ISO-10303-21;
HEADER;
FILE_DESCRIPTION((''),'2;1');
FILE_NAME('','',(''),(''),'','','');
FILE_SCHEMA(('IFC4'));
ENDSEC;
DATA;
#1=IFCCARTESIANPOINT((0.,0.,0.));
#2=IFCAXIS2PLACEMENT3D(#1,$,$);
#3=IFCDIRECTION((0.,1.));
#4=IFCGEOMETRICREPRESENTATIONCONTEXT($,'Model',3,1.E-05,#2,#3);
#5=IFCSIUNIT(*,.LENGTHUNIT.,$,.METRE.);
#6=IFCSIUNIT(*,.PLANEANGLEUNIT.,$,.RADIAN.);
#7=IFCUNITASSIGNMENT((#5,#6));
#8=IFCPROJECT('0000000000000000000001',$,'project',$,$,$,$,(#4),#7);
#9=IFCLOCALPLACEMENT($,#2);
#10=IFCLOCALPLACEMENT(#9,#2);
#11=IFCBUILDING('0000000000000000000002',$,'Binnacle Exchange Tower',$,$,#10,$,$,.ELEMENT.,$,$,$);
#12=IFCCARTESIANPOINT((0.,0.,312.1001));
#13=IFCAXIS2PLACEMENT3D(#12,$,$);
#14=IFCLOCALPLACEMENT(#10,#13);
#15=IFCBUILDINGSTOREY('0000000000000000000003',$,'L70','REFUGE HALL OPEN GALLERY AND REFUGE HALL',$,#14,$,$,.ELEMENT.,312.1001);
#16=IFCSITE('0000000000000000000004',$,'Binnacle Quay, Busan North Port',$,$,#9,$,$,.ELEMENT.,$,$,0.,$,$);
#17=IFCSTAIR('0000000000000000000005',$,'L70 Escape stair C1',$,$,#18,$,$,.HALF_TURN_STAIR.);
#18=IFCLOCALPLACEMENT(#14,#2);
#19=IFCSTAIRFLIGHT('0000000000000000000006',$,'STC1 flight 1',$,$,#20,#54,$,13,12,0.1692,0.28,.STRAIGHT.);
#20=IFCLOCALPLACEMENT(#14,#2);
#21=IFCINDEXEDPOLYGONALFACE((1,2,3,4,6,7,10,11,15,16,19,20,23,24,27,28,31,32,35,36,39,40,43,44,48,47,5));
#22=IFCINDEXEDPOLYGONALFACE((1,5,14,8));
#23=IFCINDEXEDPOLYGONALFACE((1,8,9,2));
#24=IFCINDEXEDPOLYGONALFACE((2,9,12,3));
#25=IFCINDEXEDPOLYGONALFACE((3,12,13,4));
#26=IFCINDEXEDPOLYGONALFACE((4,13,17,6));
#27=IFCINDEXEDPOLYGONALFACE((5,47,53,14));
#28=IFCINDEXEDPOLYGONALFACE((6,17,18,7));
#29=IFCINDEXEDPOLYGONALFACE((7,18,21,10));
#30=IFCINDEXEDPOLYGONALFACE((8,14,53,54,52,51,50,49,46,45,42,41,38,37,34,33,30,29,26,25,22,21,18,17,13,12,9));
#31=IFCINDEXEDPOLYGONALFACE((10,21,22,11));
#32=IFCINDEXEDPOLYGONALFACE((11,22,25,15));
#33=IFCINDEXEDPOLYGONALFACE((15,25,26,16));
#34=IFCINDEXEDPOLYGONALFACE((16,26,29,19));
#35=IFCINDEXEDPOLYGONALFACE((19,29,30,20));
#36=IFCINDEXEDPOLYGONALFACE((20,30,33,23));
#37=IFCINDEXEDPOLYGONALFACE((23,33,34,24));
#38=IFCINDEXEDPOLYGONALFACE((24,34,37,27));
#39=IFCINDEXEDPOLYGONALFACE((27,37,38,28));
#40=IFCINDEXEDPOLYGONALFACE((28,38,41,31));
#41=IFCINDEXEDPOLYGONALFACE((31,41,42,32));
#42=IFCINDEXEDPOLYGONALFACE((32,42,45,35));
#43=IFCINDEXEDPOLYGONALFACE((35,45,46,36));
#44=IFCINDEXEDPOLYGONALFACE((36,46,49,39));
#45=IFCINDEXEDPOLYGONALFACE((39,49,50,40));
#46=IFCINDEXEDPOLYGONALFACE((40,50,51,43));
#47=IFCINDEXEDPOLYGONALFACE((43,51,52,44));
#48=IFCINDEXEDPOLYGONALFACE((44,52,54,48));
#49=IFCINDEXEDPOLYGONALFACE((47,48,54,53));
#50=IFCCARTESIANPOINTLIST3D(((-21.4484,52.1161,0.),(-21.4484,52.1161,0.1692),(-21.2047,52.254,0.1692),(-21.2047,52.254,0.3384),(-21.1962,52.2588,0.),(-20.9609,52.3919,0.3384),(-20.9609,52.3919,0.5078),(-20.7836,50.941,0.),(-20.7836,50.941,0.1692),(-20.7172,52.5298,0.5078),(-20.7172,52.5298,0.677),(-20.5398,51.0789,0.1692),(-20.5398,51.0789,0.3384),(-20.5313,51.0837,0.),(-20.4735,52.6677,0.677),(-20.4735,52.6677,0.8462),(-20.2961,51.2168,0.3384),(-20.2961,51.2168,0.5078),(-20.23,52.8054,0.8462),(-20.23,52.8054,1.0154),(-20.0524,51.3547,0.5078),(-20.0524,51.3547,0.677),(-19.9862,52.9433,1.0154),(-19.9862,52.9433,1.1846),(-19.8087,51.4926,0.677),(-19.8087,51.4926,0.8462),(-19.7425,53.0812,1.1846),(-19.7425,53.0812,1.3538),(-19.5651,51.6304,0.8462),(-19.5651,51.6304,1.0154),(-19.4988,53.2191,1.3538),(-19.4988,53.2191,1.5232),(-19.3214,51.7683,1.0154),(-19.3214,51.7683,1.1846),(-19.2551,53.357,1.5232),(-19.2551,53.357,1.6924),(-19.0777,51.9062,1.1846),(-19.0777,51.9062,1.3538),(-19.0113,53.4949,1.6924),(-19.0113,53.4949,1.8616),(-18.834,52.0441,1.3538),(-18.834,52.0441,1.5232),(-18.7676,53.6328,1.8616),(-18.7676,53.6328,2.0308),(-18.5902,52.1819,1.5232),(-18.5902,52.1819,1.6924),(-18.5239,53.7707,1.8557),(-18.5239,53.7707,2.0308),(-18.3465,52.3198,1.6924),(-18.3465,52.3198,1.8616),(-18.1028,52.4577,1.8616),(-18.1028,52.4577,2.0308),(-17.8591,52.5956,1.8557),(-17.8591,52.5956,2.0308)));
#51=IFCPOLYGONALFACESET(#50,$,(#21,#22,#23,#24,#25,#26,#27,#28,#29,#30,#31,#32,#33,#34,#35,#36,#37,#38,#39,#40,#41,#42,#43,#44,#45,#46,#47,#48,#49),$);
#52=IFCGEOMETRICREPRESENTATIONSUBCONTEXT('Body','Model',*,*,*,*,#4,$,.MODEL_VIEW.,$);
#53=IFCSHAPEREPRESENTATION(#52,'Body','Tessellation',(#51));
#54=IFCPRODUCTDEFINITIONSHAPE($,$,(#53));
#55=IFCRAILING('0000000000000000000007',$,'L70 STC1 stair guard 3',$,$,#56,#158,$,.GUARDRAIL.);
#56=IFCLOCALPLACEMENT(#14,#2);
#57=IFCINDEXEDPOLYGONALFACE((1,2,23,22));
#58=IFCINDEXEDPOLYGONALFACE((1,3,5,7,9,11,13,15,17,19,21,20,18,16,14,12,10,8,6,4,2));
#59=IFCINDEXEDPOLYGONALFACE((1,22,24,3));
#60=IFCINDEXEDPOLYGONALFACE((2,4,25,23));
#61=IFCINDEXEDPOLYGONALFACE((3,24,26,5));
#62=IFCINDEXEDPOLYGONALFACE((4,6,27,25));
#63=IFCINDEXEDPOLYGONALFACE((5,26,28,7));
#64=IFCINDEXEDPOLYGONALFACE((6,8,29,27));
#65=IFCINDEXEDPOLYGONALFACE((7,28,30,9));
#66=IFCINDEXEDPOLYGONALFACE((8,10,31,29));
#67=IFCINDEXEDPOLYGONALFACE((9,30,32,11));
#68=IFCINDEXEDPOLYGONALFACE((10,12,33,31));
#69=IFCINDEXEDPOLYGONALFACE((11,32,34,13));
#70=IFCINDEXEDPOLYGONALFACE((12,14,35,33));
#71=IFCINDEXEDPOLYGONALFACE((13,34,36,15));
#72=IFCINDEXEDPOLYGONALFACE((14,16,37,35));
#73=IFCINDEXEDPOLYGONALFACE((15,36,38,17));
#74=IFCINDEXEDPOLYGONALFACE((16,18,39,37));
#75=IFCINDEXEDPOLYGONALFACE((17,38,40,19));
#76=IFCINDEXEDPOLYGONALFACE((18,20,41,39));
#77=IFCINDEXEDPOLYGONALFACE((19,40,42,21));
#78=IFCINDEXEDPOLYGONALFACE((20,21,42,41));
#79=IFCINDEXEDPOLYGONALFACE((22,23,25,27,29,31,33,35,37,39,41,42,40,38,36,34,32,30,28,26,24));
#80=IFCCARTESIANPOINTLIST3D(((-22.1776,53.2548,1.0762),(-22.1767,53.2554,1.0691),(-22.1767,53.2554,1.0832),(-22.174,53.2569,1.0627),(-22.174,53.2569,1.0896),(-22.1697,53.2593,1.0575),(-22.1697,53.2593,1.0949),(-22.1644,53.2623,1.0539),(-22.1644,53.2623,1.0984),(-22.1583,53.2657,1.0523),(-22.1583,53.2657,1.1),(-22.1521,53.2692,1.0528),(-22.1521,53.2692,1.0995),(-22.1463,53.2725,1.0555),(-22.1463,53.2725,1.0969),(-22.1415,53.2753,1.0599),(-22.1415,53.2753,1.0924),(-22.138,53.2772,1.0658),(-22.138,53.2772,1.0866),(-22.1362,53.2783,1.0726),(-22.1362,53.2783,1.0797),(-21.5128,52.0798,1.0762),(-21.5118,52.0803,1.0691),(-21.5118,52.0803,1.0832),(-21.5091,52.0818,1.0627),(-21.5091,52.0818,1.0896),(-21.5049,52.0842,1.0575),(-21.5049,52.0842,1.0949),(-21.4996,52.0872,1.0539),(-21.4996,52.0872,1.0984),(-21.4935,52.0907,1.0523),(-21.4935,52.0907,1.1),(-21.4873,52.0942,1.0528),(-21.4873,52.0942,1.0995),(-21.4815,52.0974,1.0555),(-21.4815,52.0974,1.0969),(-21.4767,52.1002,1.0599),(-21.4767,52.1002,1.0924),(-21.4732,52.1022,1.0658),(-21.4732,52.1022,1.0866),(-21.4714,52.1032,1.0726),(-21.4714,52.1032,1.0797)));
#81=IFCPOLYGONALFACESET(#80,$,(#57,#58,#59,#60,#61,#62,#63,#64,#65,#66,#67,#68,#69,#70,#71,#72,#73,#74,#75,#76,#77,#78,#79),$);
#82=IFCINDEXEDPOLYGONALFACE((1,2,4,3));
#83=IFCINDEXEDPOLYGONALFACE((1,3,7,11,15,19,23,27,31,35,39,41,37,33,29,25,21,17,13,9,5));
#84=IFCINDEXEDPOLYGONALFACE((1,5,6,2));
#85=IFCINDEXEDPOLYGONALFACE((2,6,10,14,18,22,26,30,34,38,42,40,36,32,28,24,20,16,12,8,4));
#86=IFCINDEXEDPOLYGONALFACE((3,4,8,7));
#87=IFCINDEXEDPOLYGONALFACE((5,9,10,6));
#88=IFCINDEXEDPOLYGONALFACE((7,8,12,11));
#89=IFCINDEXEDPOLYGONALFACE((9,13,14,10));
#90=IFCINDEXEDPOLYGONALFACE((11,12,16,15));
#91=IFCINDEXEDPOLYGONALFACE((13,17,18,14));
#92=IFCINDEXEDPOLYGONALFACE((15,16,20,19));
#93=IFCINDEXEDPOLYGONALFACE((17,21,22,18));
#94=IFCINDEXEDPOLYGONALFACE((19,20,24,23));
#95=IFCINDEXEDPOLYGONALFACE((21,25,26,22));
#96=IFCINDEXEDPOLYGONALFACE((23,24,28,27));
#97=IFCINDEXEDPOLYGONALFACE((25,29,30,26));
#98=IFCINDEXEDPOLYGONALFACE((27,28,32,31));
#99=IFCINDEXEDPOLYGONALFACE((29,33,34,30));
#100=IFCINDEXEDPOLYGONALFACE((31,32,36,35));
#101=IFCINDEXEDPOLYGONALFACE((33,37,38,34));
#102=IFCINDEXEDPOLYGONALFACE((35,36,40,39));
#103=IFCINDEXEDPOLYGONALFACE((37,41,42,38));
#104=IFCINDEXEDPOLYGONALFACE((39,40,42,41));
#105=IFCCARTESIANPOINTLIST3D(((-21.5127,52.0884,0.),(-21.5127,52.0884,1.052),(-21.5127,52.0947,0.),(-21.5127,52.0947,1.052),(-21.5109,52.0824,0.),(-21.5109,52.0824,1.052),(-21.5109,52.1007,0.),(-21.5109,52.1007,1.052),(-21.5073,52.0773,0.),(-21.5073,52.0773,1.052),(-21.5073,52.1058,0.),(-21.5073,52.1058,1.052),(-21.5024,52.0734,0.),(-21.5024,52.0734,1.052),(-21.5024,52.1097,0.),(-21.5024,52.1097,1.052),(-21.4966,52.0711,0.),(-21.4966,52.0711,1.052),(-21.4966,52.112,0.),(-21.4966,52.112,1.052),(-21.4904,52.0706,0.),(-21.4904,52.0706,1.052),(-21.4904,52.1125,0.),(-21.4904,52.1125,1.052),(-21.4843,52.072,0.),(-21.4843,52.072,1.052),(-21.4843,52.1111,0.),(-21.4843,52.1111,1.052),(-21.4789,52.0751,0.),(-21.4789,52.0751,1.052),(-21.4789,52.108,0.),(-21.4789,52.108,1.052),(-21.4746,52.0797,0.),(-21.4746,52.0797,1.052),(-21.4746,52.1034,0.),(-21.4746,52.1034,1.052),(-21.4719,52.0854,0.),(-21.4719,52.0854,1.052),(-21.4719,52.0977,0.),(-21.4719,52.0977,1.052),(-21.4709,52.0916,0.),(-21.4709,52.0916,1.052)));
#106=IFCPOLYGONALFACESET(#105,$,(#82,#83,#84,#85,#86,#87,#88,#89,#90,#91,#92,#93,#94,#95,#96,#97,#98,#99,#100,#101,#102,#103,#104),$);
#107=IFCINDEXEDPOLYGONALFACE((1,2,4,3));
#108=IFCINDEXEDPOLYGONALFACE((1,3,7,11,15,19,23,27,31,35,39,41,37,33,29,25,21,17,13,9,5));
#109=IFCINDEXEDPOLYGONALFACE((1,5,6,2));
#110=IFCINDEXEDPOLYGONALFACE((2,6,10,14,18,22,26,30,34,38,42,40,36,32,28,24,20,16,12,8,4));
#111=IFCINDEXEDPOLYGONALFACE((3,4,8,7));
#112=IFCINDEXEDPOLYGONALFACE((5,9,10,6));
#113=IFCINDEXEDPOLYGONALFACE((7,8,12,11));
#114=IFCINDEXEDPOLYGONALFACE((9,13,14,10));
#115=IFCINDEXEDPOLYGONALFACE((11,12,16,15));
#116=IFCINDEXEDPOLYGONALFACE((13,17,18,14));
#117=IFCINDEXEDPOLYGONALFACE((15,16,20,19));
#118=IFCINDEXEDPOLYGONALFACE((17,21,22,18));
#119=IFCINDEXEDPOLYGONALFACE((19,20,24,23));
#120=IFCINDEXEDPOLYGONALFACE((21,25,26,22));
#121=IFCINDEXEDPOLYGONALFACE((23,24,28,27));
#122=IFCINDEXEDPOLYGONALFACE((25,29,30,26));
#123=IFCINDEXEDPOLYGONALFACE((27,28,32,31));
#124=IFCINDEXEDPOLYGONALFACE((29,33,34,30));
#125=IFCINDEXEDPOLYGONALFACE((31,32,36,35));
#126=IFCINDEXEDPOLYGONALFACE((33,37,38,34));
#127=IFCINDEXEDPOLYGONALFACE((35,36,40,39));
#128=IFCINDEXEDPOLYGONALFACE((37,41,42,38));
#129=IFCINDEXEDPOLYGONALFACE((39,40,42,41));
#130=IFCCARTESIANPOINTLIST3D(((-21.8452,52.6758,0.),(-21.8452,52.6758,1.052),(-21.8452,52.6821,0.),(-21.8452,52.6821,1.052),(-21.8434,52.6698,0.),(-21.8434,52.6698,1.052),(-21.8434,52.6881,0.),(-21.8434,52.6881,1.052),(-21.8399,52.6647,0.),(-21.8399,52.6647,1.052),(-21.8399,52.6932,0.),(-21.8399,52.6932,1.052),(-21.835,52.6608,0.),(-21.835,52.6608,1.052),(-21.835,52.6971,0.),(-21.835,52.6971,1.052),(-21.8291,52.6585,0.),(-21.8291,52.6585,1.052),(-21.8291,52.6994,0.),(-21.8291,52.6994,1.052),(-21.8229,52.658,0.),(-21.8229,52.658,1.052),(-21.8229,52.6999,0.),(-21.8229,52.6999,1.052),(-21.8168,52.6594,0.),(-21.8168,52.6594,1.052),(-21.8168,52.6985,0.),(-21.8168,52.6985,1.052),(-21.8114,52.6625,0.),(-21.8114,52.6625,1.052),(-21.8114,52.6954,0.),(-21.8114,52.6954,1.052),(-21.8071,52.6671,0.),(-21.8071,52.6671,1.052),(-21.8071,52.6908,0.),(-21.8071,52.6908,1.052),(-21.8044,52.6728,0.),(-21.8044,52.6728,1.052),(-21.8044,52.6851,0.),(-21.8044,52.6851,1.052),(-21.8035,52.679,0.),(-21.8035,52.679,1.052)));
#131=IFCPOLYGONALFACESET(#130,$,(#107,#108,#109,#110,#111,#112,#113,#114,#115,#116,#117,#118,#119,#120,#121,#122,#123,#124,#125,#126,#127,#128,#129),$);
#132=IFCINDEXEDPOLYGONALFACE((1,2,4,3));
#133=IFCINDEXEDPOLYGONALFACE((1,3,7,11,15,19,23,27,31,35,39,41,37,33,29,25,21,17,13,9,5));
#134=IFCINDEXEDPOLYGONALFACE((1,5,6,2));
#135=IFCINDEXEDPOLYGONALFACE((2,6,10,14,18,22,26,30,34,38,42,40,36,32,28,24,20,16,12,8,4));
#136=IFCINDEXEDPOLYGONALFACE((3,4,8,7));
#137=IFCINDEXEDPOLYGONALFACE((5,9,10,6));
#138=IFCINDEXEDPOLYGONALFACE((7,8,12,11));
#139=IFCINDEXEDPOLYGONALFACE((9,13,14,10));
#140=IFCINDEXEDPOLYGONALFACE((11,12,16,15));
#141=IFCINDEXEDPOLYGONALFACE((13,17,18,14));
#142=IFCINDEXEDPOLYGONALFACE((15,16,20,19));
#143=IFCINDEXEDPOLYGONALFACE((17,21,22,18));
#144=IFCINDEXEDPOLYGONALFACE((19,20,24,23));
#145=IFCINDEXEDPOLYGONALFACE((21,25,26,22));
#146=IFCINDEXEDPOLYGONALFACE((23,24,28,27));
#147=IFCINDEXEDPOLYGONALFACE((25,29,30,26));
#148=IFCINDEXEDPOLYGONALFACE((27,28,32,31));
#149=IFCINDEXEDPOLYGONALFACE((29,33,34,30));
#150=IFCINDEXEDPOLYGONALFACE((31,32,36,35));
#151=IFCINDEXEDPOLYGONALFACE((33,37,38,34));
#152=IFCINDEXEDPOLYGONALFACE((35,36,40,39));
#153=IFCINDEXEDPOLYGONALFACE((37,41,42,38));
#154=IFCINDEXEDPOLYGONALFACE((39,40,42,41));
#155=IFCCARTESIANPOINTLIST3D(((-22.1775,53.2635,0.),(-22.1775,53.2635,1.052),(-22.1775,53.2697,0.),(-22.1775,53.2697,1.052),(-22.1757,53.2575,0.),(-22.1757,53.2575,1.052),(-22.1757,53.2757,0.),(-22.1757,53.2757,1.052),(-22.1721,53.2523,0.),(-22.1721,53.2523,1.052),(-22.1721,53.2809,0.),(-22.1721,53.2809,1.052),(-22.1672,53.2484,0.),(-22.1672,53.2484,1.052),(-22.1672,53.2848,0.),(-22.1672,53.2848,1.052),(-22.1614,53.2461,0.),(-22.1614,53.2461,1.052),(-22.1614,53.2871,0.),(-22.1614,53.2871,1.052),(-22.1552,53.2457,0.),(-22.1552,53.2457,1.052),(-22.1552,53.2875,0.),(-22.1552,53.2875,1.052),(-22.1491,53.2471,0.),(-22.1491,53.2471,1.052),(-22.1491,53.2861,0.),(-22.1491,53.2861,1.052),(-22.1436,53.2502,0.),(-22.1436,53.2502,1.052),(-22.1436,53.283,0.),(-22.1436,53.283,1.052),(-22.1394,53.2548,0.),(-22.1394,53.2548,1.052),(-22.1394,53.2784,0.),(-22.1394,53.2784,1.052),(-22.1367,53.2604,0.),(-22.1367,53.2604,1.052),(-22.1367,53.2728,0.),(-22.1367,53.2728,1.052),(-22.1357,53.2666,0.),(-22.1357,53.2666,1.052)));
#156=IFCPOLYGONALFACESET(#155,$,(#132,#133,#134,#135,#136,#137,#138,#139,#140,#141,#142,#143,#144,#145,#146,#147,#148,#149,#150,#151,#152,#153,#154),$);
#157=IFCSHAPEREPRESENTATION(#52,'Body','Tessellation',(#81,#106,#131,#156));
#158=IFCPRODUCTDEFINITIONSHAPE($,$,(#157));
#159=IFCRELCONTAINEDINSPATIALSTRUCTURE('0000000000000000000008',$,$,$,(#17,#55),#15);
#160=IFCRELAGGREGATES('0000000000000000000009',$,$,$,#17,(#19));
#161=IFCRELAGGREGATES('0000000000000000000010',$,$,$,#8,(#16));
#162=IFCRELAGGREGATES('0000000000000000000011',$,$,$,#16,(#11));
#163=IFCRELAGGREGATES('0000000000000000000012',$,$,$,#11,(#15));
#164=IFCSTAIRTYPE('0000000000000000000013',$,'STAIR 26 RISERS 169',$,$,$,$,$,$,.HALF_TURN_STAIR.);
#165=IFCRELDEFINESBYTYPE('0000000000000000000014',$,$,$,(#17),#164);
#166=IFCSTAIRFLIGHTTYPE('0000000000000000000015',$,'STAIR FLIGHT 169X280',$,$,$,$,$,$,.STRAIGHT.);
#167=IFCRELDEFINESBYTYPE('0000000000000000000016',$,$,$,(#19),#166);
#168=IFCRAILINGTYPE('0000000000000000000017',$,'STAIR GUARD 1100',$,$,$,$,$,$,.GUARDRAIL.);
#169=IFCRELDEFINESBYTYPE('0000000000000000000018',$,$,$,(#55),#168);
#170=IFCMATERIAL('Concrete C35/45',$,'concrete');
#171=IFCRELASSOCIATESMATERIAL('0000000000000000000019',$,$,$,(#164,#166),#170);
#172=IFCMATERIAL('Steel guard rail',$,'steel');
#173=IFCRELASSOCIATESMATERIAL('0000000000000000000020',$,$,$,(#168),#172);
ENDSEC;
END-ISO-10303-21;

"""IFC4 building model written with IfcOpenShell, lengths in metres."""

from ifc_helpers import new_model, si_unit, direction, frame, origin, origin_2d, place, context, subcontext, project, spatial, polyline, circle, outline, extrude, material, type_object, element, aggregate, save


model = new_model("IFC4")

# Units and contexts
model_context = context("Model", 3, precision=1e-05, world=origin(), true_north=direction((0.0, 1.0)))
body_context = subcontext(model_context, "Body", "Model", "MODEL_VIEW")
ifc_project = project(units=[si_unit("LENGTHUNIT", "METRE"), si_unit("PLANEANGLEUNIT", "RADIAN")], contexts=[model_context])

# Site, building, storey
site_placement = place(None, origin())
site = spatial("IfcSite", under=ifc_project, at=site_placement, Name="Binnacle Quay, Busan North Port", CompositionType="ELEMENT", RefElevation=0.0)
building_placement = place(site_placement, origin())
building = spatial("IfcBuilding", under=site, at=building_placement, Name="Binnacle Exchange Tower", CompositionType="ELEMENT")
storey_placement = place(building_placement, frame((0.0, 0.0, 312.1001)))
storey = spatial("IfcBuildingStorey", under=building, at=storey_placement, Name="L70", Description="REFUGE HALL OPEN GALLERY AND REFUGE HALL", CompositionType="ELEMENT", Elevation=312.1001)

# Stair, stair flight
ifc_material_1 = material(Name="Concrete C35/45", Category="concrete")
stair_type = type_object("IfcStairType", Name="STAIR 26 RISERS 169", PredefinedType="HALF_TURN_STAIR", material=ifc_material_1)
stair_placement = place(storey_placement, origin())
stair = element("IfcStair", 1, at=stair_placement, inside=storey, type_object=stair_type, Name="L70 Escape stair C1", PredefinedType="HALF_TURN_STAIR")
stair_flight_type = type_object("IfcStairFlightType", Name="STAIR FLIGHT 169X280", PredefinedType="STRAIGHT", material=ifc_material_1)
stair_flight_placement = place(storey_placement, frame((-21.116, 51.5286, 0.0), z_axis=(0.0, 0.0, 1.0), x_axis=(0.870356, 0.492424, 0.0)))
stair_flight = element("IfcStairFlight", 2, at=stair_flight_placement, type_object=stair_flight_type, Name="STC1 flight 1", NumberOfRisers=13, NumberOfTreads=12, PredefinedType="STRAIGHT", RiserHeight=0.1692, TreadLength=0.28, context=body_context, shape_type="SweptSolid", body=[
    extrude(outline(polyline([(0.0, 0.0), (0.0, 0.1692), (0.28, 0.1692), (0.28, 0.3384), (0.5601, 0.3384), (0.5601, 0.5078), (0.8401, 0.5078), (0.8401, 0.677), (1.1201, 0.677), (1.1201, 0.8462), (1.3999, 0.8462), (1.3999, 1.0154), (1.6799, 1.0154), (1.6799, 1.1846), (1.96, 1.1846), (1.96, 1.3538), (2.24, 1.3538), (2.24, 1.5232), (2.52, 1.5232), (2.52, 1.6924), (2.8, 1.6924), (2.8, 1.8616), (3.0801, 1.8616), (3.0801, 2.0308), (3.3601, 2.0308), (3.3601, 2.2), (3.3601, 1.8557), (0.2898, 0.0), (0.0, 0.0)])), frame((0.0, 0.675, 0.0), z_axis=(0.0, -1.0, 0.0), x_axis=(1.0, 0.0, 0.0)), (0.0, 0.0, 1.0), 1.3501),
])
aggregate(stair, [stair_flight])

# Railing
ifc_material_2 = material(Name="Steel guard rail", Category="steel")
railing_type_1 = type_object("IfcRailingType", Name="STAIR GUARD 1100", PredefinedType="GUARDRAIL", material=ifc_material_2)
railing_1_placement = place(storey_placement, frame((-21.4919, 52.0916, 0.0)))
element("IfcRailing", 3, at=railing_1_placement, inside=storey, type_object=railing_type_1, Name="L70 STC1 stair guard 3", PredefinedType="GUARDRAIL", context=body_context, shape_type="SweptSolid", body=[
    extrude(circle(Radius=0.0239, at=origin_2d()), frame((0.0, 0.0, 1.0762), z_axis=(-0.492415, 0.870361, 0.0), x_axis=(-0.870361, -0.492415, 0.0)), (0.0, 0.0, 1.0), 1.3501),
    extrude(circle(Radius=0.021, at=origin_2d()), origin(), (0.0, 0.0, 1.0), 1.052),
    extrude(circle(Radius=0.021, at=origin_2d()), frame((-0.3325, 0.5874, 0.0)), (0.0, 0.0, 1.0), 1.052),
    extrude(circle(Radius=0.021, at=origin_2d()), frame((-0.6648, 1.175, 0.0)), (0.0, 0.0, 1.0), 1.052),
])

save(model, "model.ifc")
